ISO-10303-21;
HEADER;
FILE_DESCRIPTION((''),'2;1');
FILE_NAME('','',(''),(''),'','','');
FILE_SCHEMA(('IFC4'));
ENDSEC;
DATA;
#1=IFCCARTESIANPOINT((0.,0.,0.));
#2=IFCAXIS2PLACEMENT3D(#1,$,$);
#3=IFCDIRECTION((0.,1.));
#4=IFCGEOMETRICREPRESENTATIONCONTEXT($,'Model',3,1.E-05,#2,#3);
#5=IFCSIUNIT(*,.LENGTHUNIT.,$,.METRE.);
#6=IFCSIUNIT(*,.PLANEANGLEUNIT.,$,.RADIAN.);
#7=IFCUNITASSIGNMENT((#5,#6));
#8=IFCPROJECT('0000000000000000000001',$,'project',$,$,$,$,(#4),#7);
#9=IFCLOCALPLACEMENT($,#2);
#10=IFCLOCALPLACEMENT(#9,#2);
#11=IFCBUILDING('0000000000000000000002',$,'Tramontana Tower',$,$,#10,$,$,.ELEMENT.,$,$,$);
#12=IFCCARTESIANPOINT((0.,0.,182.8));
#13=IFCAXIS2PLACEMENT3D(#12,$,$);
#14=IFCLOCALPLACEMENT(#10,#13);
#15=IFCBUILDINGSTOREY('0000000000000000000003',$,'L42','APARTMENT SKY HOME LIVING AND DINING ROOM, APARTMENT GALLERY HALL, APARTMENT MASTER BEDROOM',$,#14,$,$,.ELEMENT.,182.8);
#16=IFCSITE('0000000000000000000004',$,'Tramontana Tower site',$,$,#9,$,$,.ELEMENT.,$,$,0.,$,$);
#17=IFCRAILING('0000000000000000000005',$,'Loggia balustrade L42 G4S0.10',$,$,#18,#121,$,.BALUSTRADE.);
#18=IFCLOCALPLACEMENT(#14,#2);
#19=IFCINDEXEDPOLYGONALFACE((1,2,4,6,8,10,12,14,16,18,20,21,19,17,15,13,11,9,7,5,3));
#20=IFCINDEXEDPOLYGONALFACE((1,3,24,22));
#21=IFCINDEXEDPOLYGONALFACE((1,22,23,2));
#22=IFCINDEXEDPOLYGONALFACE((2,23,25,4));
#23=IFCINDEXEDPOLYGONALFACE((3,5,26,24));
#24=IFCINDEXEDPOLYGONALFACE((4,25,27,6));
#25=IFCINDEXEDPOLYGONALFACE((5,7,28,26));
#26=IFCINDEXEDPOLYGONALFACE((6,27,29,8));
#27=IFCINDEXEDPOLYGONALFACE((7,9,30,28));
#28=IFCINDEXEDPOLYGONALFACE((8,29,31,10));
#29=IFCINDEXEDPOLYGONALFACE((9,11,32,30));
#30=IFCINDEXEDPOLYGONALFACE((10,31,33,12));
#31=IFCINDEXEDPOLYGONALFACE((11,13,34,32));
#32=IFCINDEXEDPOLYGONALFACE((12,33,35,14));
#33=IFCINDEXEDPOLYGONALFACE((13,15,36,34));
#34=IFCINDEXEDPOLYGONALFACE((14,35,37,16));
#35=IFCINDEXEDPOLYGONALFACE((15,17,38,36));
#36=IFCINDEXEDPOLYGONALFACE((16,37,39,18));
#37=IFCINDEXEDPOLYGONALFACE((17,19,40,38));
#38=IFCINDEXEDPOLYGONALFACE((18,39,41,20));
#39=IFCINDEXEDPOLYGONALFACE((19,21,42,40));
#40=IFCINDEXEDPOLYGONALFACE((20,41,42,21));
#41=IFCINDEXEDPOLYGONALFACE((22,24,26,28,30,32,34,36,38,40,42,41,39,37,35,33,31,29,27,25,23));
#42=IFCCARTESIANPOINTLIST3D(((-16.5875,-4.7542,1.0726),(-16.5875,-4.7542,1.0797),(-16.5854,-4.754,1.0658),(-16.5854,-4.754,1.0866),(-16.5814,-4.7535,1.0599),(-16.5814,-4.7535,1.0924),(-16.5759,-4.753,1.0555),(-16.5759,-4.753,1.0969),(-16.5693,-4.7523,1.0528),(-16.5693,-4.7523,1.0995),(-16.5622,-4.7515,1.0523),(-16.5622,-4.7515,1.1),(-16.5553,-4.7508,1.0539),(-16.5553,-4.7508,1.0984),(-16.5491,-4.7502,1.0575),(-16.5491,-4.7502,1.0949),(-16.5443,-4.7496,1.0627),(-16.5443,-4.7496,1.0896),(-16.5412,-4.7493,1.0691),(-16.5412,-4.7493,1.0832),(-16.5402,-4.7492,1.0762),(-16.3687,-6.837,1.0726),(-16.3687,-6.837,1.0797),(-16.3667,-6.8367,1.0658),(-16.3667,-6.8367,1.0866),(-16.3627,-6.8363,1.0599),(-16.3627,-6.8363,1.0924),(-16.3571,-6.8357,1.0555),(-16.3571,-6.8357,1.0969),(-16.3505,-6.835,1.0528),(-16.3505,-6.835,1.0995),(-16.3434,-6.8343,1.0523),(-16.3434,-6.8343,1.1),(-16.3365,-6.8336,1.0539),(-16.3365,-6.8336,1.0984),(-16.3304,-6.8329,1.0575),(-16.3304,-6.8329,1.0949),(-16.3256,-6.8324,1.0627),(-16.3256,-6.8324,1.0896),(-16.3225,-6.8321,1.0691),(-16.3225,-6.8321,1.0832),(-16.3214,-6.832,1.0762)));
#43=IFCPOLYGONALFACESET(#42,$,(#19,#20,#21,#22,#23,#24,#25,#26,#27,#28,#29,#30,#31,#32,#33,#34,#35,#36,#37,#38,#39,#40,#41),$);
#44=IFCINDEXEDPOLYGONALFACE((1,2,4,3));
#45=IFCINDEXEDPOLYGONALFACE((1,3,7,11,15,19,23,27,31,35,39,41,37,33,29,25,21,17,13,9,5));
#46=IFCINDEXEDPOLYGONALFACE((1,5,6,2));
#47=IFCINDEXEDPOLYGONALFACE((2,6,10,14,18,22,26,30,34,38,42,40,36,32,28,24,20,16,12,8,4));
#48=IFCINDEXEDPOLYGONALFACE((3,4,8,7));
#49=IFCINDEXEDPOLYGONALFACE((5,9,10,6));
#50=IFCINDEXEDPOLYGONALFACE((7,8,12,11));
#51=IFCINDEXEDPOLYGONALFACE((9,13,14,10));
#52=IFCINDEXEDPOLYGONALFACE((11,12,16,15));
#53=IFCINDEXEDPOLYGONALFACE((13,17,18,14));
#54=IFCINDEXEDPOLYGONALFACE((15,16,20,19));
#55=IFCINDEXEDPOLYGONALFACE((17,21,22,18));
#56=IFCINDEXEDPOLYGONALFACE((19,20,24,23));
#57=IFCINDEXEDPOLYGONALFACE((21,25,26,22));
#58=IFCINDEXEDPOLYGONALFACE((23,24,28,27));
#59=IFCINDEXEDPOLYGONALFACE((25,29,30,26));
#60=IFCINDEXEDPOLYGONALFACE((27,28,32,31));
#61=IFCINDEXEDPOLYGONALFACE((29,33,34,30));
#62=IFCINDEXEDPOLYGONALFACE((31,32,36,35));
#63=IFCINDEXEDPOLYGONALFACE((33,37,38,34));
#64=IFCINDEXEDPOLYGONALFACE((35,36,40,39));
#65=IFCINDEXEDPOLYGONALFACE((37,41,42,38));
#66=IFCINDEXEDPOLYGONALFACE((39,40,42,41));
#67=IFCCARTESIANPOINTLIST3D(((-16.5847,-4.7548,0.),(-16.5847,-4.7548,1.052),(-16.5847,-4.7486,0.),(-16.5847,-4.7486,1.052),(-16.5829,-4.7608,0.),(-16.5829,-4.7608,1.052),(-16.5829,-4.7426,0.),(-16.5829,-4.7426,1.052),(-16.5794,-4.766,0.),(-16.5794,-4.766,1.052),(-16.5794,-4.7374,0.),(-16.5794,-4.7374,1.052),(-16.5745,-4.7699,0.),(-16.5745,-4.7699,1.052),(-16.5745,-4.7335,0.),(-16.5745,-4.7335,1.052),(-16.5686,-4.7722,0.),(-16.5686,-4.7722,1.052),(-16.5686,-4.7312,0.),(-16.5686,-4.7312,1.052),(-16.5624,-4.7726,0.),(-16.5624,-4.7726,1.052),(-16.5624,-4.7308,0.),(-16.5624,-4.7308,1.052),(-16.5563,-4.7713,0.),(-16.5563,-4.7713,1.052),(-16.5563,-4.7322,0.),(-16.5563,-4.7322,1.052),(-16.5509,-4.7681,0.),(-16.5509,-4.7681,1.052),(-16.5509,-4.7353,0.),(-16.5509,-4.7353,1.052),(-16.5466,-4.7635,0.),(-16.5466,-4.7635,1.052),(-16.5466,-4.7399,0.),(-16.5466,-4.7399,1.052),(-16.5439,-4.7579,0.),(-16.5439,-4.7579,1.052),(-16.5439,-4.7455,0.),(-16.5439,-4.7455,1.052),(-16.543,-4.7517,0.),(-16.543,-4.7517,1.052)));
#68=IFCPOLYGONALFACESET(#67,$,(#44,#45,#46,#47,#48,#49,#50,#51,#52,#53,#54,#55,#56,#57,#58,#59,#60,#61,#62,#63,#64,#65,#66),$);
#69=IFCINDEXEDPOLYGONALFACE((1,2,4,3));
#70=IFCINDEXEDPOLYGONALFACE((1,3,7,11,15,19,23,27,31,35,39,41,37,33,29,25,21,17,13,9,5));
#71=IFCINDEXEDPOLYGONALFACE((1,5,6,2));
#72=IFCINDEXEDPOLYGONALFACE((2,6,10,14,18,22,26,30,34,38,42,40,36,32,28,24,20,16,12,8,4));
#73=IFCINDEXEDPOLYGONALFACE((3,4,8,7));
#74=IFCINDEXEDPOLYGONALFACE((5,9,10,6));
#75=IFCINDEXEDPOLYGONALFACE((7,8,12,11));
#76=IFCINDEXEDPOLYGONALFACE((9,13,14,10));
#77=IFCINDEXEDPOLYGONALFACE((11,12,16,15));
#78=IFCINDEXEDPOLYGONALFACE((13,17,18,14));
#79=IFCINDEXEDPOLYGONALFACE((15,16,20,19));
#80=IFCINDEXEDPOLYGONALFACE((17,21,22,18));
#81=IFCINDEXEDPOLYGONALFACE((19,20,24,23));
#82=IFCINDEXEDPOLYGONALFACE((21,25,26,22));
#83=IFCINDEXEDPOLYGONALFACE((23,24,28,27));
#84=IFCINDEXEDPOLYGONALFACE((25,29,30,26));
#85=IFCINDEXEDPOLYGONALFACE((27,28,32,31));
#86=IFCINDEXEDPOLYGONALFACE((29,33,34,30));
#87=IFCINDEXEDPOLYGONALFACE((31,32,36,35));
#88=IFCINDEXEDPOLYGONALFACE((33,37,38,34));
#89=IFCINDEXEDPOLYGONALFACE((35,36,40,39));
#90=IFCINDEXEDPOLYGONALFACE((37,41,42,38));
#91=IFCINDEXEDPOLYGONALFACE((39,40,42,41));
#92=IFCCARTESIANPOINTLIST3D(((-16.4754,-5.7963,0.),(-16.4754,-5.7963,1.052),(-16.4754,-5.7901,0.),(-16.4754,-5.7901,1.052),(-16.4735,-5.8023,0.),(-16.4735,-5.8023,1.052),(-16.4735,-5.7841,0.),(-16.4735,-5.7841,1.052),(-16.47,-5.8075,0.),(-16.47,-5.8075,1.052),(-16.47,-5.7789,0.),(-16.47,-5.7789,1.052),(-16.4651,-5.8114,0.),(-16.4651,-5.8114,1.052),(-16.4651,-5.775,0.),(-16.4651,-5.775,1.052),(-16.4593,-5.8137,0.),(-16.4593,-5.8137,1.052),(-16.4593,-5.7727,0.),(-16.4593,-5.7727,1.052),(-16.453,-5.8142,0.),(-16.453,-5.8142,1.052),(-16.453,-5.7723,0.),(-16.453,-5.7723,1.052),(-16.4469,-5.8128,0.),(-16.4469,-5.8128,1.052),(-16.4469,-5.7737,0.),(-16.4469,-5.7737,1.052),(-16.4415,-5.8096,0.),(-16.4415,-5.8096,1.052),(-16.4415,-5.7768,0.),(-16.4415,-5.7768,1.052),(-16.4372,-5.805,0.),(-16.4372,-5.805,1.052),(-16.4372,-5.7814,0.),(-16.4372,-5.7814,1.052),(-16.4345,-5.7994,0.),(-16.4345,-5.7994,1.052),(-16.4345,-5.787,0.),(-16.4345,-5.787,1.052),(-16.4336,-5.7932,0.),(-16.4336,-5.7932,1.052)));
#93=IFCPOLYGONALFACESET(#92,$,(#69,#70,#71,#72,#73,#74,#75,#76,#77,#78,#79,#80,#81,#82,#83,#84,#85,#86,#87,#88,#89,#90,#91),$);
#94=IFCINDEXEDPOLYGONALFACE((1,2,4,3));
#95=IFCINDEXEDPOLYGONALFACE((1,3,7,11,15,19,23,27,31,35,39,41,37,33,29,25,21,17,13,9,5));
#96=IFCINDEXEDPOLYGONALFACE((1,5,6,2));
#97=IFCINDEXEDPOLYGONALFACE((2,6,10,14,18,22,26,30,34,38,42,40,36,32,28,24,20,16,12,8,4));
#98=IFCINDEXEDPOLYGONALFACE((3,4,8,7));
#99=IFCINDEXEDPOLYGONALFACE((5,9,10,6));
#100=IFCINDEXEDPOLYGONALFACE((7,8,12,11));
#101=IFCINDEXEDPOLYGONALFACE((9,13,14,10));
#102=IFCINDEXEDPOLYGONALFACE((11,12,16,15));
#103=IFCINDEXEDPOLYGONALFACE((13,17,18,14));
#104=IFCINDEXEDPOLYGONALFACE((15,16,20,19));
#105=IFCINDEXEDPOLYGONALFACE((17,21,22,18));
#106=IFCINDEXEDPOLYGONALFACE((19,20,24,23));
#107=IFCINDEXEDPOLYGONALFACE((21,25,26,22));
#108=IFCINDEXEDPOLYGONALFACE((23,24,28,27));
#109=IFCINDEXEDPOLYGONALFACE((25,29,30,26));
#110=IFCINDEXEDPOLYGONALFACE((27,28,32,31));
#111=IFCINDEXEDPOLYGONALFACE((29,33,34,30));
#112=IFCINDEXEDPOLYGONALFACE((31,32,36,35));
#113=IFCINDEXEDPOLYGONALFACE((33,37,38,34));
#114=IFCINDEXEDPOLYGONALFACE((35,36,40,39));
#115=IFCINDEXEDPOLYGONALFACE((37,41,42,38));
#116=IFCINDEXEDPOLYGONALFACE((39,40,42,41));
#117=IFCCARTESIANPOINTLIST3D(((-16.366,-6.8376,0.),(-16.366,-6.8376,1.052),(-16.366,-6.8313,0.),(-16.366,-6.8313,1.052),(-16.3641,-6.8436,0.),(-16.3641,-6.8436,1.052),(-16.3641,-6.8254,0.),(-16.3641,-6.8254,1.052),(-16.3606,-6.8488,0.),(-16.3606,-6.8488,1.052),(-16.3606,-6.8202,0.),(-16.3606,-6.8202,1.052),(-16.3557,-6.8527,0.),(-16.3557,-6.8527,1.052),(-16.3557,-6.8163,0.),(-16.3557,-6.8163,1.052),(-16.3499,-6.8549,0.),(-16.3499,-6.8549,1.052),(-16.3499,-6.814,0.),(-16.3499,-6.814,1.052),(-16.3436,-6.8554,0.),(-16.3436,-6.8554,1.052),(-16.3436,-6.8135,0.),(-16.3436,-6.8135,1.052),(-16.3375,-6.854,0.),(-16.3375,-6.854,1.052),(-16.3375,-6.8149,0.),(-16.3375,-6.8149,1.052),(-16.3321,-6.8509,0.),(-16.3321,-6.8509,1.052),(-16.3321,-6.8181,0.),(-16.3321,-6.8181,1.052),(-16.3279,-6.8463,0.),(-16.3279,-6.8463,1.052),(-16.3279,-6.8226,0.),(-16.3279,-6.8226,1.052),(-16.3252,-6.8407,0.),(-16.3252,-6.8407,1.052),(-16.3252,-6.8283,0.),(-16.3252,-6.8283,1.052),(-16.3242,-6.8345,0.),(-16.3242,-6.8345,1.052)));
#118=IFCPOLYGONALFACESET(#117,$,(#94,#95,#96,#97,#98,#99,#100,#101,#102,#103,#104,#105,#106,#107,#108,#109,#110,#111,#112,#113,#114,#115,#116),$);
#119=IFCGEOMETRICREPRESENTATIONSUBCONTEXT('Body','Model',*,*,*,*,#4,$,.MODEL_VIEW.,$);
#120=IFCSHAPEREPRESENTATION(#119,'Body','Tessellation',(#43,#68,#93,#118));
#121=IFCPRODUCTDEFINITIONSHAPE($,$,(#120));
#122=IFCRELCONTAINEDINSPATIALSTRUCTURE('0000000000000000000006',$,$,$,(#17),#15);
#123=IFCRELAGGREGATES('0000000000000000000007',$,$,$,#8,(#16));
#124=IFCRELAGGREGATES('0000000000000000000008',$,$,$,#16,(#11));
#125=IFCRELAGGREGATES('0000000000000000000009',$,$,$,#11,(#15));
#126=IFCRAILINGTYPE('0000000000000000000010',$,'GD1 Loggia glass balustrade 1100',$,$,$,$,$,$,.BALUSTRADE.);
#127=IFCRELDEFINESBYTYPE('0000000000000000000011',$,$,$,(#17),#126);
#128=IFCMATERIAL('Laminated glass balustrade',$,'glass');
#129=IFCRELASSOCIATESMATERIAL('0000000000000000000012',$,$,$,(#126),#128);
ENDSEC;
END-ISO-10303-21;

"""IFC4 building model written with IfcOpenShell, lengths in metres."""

from ifc_helpers import new_model, si_unit, direction, frame, origin, origin_2d, place, context, subcontext, project, spatial, circle, extrude, material, type_object, element, save


model = new_model("IFC4")

# Units and contexts
model_context = context("Model", 3, precision=1e-05, world=origin(), true_north=direction((0.0, 1.0)))
body_context = subcontext(model_context, "Body", "Model", "MODEL_VIEW")
ifc_project = project(units=[si_unit("LENGTHUNIT", "METRE"), si_unit("PLANEANGLEUNIT", "RADIAN")], contexts=[model_context])

# Site, building, storey
site_placement = place(None, origin())
site = spatial("IfcSite", under=ifc_project, at=site_placement, Name="Tramontana Tower site", CompositionType="ELEMENT", RefElevation=0.0)
building_placement = place(site_placement, origin())
building = spatial("IfcBuilding", under=site, at=building_placement, Name="Tramontana Tower", CompositionType="ELEMENT")
storey_placement = place(building_placement, frame((0.0, 0.0, 182.8)))
storey = spatial("IfcBuildingStorey", under=building, at=storey_placement, Name="L42", Description="APARTMENT SKY HOME LIVING AND DINING ROOM, APARTMENT GALLERY HALL, APARTMENT MASTER BEDROOM", CompositionType="ELEMENT", Elevation=182.8)

# Railing
ifc_material_1 = material(Name="Laminated glass balustrade", Category="glass")
railing_type = type_object("IfcRailingType", Name="GD1 Loggia glass balustrade 1100", PredefinedType="BALUSTRADE", material=ifc_material_1)
railing_placement = place(storey_placement, frame((-16.564, -4.7517, 0.0)))
element("IfcRailing", 1, at=railing_placement, inside=storey, type_object=railing_type, Name="Loggia balustrade L42 G4S0.10", PredefinedType="BALUSTRADE", context=body_context, shape_type="SweptSolid", body=[
    extrude(circle(Radius=0.0239, at=origin_2d()), frame((0.0, 0.0, 1.0762), z_axis=(0.104454, -0.99453, 0.0), x_axis=(0.99453, 0.104454, 0.0)), (0.0, 0.0, 1.0), 2.0942),
    extrude(circle(Radius=0.021, at=origin_2d()), origin(), (0.0, 0.0, 1.0), 1.052),
    extrude(circle(Radius=0.021, at=origin_2d()), frame((0.1094, -1.0415, 0.0)), (0.0, 0.0, 1.0), 1.052),
    extrude(circle(Radius=0.021, at=origin_2d()), frame((0.2188, -2.0828, 0.0)), (0.0, 0.0, 1.0), 1.052),
])

save(model, "model.ifc")
